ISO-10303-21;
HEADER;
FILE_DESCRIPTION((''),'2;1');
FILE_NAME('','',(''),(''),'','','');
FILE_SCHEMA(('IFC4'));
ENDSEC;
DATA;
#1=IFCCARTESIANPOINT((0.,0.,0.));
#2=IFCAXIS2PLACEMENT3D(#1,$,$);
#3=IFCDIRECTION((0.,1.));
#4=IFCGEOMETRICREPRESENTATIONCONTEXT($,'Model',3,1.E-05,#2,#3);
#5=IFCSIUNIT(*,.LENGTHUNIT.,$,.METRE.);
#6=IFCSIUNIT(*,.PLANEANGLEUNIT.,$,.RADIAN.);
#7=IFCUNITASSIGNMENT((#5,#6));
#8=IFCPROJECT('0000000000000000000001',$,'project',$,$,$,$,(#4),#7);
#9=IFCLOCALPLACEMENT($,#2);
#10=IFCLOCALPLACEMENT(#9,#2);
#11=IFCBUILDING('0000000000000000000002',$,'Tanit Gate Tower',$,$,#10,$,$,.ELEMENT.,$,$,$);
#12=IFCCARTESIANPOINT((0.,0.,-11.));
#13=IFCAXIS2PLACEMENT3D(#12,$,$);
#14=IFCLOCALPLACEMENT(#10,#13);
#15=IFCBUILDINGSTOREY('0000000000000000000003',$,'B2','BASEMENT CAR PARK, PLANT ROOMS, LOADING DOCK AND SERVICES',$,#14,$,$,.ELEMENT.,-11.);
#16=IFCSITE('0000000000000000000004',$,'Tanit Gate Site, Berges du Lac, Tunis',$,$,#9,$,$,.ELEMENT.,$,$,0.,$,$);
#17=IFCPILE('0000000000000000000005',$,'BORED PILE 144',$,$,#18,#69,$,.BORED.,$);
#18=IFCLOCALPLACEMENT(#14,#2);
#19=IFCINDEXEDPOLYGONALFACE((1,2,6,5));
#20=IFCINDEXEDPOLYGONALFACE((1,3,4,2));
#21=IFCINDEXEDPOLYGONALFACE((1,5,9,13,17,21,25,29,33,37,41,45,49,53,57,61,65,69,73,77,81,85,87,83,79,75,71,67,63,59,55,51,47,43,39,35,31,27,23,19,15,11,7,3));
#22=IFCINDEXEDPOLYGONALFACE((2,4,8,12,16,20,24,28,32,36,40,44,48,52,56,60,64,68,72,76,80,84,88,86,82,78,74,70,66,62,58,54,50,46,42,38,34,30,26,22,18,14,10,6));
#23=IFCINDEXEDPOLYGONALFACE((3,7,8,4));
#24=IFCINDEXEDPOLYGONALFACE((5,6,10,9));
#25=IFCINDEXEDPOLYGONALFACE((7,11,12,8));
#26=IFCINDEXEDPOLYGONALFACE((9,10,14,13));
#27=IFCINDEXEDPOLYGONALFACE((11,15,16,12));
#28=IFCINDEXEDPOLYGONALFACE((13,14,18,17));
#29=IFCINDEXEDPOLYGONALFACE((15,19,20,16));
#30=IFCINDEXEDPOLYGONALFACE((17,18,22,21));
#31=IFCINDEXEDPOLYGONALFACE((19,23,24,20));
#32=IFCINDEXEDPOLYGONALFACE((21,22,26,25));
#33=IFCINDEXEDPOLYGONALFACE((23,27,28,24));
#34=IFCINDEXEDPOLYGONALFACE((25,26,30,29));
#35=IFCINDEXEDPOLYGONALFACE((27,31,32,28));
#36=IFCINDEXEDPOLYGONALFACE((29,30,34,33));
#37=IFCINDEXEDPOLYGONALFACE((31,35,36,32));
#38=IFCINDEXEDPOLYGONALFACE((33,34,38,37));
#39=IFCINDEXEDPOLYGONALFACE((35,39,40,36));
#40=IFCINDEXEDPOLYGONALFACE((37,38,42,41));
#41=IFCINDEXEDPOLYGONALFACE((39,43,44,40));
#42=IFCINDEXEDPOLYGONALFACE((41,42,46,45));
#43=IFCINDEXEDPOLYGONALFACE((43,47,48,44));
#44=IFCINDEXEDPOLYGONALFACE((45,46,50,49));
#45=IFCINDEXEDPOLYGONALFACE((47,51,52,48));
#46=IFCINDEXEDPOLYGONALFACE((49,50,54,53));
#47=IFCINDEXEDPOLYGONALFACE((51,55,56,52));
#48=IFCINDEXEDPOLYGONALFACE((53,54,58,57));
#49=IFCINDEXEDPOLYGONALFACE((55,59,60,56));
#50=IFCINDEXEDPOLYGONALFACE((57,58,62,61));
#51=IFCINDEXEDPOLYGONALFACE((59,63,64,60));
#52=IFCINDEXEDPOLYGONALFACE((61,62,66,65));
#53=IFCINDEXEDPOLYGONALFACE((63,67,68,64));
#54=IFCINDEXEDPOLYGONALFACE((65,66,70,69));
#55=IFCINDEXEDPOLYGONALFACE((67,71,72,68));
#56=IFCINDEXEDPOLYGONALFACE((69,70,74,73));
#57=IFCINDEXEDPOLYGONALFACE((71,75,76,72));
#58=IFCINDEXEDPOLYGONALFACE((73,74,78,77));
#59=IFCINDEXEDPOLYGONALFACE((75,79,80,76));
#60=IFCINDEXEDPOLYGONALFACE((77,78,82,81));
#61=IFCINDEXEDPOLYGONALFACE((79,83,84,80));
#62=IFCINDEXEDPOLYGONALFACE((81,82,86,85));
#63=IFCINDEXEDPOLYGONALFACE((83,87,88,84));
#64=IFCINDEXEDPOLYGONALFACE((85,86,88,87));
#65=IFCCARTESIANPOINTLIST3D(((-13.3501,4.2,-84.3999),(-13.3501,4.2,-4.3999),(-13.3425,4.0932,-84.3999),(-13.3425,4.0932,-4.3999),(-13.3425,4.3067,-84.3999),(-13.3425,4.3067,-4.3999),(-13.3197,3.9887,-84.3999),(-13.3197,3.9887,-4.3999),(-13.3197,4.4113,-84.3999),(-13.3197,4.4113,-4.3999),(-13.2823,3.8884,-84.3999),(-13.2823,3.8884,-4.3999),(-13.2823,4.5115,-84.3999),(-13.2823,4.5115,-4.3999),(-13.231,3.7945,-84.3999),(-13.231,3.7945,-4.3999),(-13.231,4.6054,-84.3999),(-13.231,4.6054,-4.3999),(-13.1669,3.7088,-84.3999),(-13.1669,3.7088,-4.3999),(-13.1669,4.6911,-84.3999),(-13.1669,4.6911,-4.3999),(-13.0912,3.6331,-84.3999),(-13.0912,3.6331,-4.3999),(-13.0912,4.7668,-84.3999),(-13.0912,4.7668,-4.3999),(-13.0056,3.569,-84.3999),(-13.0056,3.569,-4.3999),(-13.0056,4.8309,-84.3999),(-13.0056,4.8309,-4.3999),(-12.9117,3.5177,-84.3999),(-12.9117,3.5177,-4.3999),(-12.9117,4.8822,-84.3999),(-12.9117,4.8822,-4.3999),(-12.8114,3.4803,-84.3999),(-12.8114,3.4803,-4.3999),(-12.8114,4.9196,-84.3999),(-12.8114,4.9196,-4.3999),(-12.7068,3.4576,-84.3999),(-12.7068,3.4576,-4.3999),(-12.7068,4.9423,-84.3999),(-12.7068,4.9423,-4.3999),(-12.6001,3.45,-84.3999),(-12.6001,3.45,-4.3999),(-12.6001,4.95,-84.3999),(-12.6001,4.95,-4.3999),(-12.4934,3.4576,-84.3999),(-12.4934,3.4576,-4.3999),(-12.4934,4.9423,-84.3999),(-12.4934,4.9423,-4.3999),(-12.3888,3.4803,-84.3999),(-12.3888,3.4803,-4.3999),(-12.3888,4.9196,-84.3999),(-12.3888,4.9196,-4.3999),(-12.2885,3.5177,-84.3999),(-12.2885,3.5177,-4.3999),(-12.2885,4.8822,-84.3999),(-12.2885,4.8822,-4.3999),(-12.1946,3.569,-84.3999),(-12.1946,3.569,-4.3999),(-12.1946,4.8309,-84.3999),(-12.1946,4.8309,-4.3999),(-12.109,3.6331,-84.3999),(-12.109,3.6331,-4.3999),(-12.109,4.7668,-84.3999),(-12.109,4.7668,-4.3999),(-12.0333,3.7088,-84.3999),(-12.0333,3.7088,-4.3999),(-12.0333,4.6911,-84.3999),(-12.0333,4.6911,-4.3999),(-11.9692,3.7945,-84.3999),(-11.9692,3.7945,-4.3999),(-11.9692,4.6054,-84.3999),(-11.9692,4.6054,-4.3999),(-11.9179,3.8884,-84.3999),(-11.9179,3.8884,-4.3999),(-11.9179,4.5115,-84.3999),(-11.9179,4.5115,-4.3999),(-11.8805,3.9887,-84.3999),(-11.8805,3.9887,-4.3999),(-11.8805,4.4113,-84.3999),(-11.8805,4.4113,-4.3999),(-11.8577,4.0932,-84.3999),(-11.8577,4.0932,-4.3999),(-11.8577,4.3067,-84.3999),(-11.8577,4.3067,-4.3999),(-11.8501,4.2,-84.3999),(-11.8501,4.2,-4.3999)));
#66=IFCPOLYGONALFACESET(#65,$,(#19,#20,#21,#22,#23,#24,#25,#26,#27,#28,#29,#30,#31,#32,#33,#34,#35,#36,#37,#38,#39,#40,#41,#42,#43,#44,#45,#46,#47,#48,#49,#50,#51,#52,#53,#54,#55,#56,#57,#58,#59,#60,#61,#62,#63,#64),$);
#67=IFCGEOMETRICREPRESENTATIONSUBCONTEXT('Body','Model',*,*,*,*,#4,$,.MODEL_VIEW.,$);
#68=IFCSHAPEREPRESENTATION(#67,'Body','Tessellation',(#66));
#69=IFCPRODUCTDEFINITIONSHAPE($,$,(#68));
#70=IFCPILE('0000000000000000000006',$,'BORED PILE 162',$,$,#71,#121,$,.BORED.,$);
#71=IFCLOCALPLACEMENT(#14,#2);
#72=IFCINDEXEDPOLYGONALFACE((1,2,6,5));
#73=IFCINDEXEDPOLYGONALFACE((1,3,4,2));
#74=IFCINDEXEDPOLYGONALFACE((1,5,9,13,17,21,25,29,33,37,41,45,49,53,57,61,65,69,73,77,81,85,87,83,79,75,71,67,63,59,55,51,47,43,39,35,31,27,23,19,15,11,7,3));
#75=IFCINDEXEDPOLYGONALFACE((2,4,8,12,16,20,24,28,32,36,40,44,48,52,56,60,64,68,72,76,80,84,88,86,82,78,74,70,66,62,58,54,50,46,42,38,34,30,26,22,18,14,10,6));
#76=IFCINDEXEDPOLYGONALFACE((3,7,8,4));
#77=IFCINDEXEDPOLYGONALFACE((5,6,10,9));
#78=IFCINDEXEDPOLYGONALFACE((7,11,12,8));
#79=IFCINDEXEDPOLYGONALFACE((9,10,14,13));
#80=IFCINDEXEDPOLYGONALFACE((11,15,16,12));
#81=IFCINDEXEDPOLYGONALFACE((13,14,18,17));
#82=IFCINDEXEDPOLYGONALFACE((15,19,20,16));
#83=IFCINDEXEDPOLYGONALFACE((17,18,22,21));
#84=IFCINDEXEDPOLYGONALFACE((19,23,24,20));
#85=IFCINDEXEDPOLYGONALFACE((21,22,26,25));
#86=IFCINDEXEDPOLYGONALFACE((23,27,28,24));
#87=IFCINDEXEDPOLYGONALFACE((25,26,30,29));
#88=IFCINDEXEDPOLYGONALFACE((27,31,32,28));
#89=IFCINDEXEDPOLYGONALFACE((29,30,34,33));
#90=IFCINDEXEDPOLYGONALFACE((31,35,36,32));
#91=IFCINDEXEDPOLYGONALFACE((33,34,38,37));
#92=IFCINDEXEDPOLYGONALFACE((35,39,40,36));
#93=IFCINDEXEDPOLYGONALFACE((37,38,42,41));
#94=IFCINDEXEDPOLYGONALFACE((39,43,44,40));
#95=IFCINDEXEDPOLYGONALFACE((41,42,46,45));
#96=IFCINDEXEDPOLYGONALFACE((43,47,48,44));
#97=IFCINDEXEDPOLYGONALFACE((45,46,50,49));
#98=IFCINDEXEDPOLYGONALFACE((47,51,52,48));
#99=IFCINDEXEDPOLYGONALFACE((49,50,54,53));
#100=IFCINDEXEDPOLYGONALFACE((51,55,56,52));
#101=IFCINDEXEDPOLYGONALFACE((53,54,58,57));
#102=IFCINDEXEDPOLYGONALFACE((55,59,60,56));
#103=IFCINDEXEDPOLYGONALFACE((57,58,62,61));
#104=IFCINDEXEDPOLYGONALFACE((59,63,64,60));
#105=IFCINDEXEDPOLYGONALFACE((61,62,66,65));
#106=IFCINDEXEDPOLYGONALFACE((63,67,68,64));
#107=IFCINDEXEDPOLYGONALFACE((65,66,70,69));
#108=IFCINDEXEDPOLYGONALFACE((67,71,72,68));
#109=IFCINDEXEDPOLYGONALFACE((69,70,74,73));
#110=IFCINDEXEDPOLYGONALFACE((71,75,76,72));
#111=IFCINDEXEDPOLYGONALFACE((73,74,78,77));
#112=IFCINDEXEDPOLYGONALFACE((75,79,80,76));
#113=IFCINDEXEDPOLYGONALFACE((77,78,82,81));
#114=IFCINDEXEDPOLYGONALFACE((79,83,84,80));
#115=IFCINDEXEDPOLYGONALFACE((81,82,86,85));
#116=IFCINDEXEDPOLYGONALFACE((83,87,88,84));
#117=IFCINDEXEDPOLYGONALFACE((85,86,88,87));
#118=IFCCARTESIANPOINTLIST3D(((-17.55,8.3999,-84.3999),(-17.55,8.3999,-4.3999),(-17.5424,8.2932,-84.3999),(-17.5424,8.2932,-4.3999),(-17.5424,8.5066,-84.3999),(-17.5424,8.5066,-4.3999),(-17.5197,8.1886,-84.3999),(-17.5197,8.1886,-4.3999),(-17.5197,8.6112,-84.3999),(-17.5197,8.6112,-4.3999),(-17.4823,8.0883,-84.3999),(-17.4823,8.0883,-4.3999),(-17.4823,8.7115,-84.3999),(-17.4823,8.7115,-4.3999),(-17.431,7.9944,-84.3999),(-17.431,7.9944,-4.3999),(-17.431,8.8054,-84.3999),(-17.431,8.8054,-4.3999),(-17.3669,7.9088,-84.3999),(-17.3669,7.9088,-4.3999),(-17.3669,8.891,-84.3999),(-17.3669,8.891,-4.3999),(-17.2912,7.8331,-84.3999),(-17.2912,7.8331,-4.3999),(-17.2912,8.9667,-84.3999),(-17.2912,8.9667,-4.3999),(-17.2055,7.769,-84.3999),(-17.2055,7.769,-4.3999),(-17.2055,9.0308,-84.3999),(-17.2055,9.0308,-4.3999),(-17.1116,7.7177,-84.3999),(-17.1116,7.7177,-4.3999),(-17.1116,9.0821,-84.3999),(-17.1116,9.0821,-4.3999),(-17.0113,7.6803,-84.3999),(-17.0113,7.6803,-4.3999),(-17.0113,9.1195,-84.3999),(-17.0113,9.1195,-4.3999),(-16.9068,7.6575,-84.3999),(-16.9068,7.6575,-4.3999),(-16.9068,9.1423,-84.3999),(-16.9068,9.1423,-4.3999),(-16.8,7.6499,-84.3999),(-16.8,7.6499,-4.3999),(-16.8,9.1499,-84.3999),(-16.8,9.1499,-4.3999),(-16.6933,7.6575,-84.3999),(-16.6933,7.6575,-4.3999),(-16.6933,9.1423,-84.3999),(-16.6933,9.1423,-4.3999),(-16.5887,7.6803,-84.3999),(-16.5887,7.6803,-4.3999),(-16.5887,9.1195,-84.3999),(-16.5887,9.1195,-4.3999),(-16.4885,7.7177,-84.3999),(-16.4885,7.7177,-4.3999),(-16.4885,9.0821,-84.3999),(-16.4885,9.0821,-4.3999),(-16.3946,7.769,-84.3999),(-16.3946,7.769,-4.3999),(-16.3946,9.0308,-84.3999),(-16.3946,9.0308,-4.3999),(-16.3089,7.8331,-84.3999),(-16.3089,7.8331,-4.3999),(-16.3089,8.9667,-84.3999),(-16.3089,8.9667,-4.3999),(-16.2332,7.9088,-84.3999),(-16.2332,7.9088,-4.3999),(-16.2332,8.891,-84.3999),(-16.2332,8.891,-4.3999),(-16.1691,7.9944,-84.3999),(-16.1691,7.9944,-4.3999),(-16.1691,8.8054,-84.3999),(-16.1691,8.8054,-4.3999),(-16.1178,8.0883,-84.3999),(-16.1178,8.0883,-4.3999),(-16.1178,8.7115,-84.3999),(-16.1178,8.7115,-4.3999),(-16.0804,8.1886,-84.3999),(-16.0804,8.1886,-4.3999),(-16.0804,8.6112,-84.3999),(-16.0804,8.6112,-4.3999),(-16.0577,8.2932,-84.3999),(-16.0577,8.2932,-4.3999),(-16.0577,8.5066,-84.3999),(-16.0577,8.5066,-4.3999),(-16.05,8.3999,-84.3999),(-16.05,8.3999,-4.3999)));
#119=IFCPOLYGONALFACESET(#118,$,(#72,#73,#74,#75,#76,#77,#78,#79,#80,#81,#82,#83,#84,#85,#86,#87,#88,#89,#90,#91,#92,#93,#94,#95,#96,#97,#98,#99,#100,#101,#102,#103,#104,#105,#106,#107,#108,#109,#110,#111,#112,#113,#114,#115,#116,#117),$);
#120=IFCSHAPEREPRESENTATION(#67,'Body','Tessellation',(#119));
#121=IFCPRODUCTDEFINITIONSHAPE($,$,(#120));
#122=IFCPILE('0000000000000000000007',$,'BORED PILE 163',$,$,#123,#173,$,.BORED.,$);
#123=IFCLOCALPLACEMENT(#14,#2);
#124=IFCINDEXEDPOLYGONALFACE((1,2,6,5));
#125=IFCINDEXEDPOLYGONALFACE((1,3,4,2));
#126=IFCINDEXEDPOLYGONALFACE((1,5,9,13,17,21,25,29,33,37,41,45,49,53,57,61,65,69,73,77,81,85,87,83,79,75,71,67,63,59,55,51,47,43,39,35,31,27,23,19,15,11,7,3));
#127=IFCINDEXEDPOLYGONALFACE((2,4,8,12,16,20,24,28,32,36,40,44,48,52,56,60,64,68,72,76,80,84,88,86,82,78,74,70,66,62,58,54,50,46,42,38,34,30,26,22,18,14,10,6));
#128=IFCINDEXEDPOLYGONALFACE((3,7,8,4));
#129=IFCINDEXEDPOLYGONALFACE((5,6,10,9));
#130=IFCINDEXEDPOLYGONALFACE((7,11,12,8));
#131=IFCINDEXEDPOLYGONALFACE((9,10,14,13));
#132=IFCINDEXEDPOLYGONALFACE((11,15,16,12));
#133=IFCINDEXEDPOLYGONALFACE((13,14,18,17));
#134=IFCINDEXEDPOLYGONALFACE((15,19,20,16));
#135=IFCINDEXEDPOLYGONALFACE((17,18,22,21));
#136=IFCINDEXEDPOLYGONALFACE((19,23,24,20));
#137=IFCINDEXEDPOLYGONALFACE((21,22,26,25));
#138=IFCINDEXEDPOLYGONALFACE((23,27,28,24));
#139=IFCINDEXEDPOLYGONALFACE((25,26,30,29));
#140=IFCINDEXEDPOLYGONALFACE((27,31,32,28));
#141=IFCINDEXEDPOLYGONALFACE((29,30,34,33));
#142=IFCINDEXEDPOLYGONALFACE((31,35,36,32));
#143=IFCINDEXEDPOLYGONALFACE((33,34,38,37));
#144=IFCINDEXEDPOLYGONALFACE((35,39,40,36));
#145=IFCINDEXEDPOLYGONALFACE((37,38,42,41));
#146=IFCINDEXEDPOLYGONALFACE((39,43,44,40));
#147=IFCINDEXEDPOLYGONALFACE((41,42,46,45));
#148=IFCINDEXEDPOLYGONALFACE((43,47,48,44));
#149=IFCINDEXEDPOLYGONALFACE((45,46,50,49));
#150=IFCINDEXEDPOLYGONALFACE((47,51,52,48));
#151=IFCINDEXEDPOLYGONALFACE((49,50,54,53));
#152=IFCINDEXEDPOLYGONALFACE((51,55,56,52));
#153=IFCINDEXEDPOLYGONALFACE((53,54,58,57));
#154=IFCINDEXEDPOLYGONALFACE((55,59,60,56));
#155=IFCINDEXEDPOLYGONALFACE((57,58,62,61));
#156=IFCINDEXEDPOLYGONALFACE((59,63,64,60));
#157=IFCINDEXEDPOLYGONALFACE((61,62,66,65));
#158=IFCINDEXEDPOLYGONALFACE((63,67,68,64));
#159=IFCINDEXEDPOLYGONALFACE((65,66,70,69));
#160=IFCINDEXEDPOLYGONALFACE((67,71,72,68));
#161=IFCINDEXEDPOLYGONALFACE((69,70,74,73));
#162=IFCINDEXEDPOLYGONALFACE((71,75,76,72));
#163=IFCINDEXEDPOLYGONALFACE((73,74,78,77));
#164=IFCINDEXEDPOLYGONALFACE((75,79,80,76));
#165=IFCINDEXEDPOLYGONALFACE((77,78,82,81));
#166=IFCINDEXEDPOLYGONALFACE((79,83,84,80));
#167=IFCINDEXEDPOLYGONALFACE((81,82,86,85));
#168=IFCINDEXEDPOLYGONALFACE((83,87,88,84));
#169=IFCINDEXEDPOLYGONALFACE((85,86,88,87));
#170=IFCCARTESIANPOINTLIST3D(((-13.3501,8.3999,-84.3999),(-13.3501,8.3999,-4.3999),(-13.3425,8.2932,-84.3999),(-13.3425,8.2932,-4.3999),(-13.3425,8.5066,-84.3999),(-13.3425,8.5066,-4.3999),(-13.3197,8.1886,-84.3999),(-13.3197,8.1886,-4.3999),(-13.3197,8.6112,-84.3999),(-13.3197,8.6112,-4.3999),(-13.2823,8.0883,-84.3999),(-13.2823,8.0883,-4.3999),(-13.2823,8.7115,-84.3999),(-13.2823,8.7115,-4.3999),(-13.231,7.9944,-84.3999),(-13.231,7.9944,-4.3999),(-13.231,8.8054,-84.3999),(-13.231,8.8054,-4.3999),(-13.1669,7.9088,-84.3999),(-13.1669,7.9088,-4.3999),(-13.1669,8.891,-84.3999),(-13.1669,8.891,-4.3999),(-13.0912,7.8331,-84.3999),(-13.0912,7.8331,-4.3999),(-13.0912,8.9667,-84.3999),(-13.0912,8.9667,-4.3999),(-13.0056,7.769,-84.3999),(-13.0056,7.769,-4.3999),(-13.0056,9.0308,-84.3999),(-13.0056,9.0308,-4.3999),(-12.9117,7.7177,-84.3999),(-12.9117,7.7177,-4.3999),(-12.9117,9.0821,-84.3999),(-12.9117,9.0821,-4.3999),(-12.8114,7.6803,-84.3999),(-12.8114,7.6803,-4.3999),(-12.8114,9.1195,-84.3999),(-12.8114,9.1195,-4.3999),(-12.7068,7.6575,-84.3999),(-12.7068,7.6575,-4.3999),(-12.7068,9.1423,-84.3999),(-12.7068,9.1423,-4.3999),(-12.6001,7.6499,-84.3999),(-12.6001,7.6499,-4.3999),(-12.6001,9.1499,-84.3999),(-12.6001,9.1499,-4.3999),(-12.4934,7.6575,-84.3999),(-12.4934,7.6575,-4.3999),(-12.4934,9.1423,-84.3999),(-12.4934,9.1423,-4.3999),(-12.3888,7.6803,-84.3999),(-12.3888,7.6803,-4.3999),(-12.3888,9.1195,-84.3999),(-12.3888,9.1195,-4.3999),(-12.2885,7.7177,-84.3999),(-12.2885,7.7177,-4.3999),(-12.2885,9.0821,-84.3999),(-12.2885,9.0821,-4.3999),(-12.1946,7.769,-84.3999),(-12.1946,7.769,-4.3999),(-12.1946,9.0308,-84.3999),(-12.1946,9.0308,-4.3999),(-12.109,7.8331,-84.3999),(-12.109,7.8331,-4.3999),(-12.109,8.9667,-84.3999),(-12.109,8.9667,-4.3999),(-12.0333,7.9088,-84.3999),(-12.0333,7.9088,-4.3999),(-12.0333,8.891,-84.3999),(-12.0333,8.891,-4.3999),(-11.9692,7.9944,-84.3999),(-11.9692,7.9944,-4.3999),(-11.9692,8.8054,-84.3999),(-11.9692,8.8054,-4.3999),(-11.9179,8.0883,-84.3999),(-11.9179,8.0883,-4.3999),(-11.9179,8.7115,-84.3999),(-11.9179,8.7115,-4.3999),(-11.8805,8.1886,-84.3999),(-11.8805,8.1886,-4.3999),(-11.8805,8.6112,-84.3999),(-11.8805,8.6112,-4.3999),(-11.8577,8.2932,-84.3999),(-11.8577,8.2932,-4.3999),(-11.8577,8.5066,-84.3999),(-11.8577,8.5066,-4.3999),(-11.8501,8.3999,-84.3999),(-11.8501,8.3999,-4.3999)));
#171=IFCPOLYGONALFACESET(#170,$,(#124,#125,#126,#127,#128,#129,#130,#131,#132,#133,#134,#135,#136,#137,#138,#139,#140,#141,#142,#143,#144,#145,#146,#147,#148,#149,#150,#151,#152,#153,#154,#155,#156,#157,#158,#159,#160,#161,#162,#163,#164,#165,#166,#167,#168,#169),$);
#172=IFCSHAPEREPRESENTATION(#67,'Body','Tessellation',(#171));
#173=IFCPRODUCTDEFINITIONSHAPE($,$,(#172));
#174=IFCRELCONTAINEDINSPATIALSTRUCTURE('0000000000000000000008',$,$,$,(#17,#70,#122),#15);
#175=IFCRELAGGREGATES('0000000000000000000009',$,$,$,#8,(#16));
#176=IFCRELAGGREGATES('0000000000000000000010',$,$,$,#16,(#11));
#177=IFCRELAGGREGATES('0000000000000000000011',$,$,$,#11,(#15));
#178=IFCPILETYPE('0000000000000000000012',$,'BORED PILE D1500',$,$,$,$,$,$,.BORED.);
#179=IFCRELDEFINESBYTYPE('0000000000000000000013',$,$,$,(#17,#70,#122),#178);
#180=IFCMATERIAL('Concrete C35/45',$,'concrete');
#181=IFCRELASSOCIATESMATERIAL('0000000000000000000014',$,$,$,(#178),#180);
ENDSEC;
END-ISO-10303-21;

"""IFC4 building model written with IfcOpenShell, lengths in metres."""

from ifc_helpers import new_model, si_unit, direction, frame, origin, origin_2d, place, context, subcontext, project, spatial, circle, extrude, material, material_profile, profile_set, type_object, element, save


model = new_model("IFC4")

# Units and contexts
model_context = context("Model", 3, precision=1e-05, world=origin(), true_north=direction((0.0, 1.0)))
body_context = subcontext(model_context, "Body", "Model", "MODEL_VIEW")
ifc_project = project(units=[si_unit("LENGTHUNIT", "METRE"), si_unit("PLANEANGLEUNIT", "RADIAN")], contexts=[model_context])

# Site, building, storey
site_placement = place(None, origin())
site = spatial("IfcSite", under=ifc_project, at=site_placement, Name="Tanit Gate Site, Berges du Lac, Tunis", CompositionType="ELEMENT", RefElevation=0.0)
building_placement = place(site_placement, origin())
building = spatial("IfcBuilding", under=site, at=building_placement, Name="Tanit Gate Tower", CompositionType="ELEMENT")
storey_placement = place(building_placement, frame((0.0, 0.0, -11.0)))
storey = spatial("IfcBuildingStorey", under=building, at=storey_placement, Name="B2", Description="BASEMENT CAR PARK, PLANT ROOMS, LOADING DOCK AND SERVICES", CompositionType="ELEMENT", Elevation=-11.0)

# Piles
ifc_material_1 = material(Name="Concrete C35/45", Category="concrete")
ifc_material_profile = material_profile(ifc_material_1, circle(Radius=0.75, at=origin_2d()), Name="BORED PILE D1500 C35/45")
ifc_profile_set = profile_set([ifc_material_profile], Name="Concrete C35/45")
pile_type = type_object("IfcPileType", Name="BORED PILE D1500", PredefinedType="BORED", material=ifc_profile_set)
for number, where, z_axis, x_axis, name in (
    (1, (-12.6001, 4.2, -4.3999), (0.0, 0.0, -1.0), (1.0, 0.0, 0.0), "BORED PILE 144"),
    (2, (-16.8, 8.3999, -4.3999), (0.0, 0.0, -1.0), (1.0, 0.0, 0.0), "BORED PILE 162"),
    (3, (-12.6001, 8.3999, -4.3999), (0.0, 0.0, -1.0), (1.0, 0.0, 0.0), "BORED PILE 163"),
):
    element("IfcPile", number, at=place(storey_placement, frame(where, z_axis=z_axis, x_axis=x_axis)), inside=storey, type_object=pile_type, Name=name, PredefinedType="BORED", context=body_context, shape_type="SweptSolid", body=[
        extrude(circle(Radius=0.75, at=origin_2d()), origin(), (0.0, 0.0, 1.0), 80.0),
    ])

save(model, "model.ifc")
